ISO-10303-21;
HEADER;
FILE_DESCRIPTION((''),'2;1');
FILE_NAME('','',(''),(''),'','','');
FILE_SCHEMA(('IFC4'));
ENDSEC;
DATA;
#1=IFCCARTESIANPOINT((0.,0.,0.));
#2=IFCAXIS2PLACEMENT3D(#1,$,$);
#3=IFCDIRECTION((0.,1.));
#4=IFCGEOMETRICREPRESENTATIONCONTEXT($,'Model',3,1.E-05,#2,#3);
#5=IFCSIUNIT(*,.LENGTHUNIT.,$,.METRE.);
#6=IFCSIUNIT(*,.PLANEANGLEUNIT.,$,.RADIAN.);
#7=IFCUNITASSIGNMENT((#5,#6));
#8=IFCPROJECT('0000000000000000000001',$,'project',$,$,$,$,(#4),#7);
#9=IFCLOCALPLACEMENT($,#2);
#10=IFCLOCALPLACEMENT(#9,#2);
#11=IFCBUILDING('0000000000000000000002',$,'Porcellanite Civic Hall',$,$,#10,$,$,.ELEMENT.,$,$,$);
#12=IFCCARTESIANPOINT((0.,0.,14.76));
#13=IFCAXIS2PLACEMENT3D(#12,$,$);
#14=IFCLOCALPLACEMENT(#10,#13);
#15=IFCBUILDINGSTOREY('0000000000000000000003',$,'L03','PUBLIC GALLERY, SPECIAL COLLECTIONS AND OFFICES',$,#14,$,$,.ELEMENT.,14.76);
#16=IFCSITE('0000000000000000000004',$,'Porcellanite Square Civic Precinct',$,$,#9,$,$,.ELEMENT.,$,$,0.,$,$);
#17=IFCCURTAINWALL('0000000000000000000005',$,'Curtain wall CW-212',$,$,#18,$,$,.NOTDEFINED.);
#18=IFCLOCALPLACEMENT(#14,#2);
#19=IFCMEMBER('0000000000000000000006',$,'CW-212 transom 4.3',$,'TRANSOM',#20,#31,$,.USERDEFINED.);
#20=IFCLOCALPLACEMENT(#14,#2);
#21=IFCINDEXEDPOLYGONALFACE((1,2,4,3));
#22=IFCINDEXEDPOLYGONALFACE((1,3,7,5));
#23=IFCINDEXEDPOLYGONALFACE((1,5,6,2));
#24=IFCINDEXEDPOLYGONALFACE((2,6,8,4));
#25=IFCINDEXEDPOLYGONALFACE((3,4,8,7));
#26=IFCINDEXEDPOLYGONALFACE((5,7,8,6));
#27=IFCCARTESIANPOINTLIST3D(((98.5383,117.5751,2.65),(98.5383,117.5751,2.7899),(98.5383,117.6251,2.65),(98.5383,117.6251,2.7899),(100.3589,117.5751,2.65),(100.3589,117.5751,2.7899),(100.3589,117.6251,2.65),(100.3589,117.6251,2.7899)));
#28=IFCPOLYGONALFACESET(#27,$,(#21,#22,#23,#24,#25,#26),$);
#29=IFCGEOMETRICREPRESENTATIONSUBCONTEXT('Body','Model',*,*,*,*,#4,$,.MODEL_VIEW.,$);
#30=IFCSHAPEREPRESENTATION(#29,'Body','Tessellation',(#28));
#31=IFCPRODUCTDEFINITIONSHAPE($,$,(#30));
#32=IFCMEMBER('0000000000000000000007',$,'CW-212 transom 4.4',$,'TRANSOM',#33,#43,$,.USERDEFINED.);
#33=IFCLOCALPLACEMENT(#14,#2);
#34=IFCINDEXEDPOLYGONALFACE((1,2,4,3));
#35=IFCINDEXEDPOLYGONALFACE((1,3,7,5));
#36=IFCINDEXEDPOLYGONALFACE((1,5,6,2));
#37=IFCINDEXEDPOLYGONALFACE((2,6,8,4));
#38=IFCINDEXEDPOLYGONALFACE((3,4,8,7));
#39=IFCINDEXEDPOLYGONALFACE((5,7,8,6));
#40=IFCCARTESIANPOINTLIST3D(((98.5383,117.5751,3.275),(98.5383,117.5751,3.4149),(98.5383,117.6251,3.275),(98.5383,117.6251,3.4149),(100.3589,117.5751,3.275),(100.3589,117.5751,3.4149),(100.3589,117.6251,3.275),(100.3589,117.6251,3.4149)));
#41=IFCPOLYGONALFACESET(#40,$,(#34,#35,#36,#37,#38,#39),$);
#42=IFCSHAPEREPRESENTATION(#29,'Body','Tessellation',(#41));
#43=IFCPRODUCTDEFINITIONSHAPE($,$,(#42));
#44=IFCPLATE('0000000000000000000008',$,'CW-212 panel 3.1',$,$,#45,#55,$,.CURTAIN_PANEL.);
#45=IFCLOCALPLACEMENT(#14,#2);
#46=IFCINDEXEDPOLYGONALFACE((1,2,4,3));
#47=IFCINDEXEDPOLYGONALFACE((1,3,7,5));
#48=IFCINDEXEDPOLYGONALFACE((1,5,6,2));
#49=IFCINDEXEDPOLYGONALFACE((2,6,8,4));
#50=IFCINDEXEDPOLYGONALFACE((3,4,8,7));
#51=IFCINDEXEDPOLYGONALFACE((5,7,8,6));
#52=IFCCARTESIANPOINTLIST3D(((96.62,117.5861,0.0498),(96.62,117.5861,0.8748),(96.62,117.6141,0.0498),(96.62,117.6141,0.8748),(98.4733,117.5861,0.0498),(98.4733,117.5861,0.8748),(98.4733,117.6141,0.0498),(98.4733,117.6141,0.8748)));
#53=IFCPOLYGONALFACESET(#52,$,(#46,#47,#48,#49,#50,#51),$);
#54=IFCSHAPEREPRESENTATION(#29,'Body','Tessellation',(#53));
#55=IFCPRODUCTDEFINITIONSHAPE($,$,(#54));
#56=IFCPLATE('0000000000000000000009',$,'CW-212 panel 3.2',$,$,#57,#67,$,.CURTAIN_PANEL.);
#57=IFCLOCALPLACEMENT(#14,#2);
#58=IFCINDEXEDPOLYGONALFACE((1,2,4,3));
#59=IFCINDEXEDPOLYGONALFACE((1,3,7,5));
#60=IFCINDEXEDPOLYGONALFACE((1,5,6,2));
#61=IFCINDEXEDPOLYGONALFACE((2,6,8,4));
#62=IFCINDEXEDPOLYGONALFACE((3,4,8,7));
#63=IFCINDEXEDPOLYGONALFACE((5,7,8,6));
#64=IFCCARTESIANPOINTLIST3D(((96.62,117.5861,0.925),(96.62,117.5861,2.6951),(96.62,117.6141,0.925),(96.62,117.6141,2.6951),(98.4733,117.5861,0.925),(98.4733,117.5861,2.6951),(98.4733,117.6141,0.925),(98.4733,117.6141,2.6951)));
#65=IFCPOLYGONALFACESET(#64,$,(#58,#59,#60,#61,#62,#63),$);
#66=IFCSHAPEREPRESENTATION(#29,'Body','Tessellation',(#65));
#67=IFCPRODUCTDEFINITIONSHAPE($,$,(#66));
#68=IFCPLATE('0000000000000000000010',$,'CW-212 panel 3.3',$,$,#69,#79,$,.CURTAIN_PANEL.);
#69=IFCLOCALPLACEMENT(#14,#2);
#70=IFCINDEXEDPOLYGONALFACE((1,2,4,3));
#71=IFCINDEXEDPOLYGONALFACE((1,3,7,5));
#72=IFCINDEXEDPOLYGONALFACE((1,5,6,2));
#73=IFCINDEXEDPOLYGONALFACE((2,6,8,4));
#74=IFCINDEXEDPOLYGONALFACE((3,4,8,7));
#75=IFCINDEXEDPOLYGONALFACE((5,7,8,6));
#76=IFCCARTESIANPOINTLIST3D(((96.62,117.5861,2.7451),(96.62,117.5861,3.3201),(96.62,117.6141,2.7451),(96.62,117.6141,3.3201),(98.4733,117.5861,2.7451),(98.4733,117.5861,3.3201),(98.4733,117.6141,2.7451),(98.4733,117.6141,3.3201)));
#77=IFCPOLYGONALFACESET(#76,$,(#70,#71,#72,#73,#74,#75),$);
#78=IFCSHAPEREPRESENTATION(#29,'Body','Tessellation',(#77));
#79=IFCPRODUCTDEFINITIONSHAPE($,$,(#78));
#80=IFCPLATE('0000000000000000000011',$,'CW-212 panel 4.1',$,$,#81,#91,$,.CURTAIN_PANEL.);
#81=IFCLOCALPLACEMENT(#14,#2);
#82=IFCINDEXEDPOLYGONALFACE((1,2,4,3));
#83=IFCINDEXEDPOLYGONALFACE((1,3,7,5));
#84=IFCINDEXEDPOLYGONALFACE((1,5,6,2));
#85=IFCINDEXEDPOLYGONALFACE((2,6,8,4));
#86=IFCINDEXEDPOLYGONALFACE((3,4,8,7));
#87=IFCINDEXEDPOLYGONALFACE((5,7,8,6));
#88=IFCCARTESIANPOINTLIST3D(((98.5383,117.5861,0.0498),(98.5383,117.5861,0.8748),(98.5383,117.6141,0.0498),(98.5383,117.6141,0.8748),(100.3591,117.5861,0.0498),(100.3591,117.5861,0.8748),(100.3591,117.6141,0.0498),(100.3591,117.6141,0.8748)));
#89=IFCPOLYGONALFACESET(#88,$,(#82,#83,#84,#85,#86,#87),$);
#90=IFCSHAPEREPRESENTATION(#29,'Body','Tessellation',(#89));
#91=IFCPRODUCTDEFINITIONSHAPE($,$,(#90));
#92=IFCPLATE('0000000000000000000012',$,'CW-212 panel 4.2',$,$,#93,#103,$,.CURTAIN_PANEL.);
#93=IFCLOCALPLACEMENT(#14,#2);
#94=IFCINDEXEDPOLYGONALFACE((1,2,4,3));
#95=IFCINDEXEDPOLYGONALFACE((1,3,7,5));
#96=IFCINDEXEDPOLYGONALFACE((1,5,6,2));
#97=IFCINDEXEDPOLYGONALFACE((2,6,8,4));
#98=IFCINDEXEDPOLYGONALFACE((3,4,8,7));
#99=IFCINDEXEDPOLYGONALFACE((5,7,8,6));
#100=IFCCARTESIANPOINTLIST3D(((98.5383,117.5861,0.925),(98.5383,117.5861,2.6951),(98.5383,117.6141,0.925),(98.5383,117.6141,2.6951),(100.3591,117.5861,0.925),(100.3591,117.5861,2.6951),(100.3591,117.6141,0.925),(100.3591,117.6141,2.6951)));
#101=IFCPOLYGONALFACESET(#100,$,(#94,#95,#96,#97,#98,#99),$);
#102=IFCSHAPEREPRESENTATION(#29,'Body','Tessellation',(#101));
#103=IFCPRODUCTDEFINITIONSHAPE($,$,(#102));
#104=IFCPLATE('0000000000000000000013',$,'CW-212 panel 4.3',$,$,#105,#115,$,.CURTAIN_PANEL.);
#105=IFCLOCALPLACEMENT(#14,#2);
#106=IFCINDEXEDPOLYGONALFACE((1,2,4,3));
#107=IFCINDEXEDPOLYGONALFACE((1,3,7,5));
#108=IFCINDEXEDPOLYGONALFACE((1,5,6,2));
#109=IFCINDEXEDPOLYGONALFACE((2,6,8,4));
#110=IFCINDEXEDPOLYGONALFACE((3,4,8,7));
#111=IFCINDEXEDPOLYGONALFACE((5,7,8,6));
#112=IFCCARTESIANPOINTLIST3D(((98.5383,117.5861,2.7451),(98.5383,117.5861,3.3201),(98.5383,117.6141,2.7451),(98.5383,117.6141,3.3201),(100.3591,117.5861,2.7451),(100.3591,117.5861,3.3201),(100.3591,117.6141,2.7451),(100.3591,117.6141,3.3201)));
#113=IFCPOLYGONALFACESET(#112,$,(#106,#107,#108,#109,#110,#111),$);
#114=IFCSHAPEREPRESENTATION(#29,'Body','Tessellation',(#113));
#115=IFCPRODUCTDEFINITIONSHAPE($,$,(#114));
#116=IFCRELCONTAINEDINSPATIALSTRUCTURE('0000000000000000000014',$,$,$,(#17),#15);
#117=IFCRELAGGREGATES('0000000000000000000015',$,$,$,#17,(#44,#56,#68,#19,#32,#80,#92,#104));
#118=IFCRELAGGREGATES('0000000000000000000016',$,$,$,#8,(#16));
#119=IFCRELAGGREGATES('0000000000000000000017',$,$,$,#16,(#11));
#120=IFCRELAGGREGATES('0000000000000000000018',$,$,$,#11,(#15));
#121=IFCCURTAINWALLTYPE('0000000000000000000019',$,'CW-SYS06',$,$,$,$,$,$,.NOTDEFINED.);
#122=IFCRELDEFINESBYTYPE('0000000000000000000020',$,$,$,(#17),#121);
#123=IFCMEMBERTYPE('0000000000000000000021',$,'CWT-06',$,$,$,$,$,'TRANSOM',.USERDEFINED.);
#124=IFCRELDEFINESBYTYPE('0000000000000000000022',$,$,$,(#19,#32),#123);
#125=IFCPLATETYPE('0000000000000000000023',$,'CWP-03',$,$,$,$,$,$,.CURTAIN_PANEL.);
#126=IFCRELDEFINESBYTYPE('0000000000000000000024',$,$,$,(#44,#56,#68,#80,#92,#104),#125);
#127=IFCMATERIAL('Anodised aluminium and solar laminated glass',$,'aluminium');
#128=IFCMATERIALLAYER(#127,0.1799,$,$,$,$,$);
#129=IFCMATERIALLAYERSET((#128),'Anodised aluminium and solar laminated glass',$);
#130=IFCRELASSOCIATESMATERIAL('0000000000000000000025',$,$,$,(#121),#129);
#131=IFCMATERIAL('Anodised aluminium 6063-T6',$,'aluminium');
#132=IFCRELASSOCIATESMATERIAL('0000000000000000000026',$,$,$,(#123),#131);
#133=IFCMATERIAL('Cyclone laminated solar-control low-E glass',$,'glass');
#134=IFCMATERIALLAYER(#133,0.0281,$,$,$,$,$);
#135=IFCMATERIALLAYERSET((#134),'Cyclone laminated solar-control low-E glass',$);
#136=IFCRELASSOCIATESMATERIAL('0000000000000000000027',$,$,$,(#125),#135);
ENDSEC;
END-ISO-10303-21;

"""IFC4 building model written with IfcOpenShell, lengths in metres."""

from ifc_helpers import new_model, si_unit, direction, frame, origin, origin_2d, place, context, subcontext, project, spatial, rectangle, extrude, material, layer, layer_set, material_profile, profile_set, type_object, element, aggregate, save


model = new_model("IFC4")

# Units and contexts
model_context = context("Model", 3, precision=1e-05, world=origin(), true_north=direction((0.0, 1.0)))
body_context = subcontext(model_context, "Body", "Model", "MODEL_VIEW")
ifc_project = project(units=[si_unit("LENGTHUNIT", "METRE"), si_unit("PLANEANGLEUNIT", "RADIAN")], contexts=[model_context])

# Site, building, storey
site_placement = place(None, origin())
site = spatial("IfcSite", under=ifc_project, at=site_placement, Name="Porcellanite Square Civic Precinct", CompositionType="ELEMENT", RefElevation=0.0)
building_placement = place(site_placement, origin())
building = spatial("IfcBuilding", under=site, at=building_placement, Name="Porcellanite Civic Hall", CompositionType="ELEMENT")
storey_placement = place(building_placement, frame((0.0, 0.0, 14.76)))
storey = spatial("IfcBuildingStorey", under=building, at=storey_placement, Name="L03", Description="PUBLIC GALLERY, SPECIAL COLLECTIONS AND OFFICES", CompositionType="ELEMENT", Elevation=14.76)

# Curtain wall
ifc_material_1 = material(Name="Anodised aluminium and solar laminated glass", Category="aluminium")
ifc_layer_1 = layer(ifc_material_1, 0.1799)
ifc_layer_set_1 = layer_set([ifc_layer_1], Name="Anodised aluminium and solar laminated glass")
curtain_wall_type_1 = type_object("IfcCurtainWallType", Name="CW-SYS06", PredefinedType="NOTDEFINED", material=ifc_layer_set_1)
curtain_wall_1_placement = place(storey_placement, origin())
curtain_wall_1 = element("IfcCurtainWall", 1, at=curtain_wall_1_placement, inside=storey, type_object=curtain_wall_type_1, Name="Curtain wall CW-212", PredefinedType="NOTDEFINED")

# Members
ifc_material_2 = material(Name="Anodised aluminium 6063-T6", Category="aluminium")
ifc_material_profile_1 = material_profile(ifc_material_2, rectangle(XDim=0.05, YDim=0.1399, at=origin_2d()), Name="AL-50x140")
ifc_profile_set_1 = profile_set([ifc_material_profile_1], Name="Anodised aluminium 6063-T6")
member_type_1 = type_object("IfcMemberType", Name="CWT-06", ElementType="TRANSOM", PredefinedType="USERDEFINED", material=ifc_profile_set_1)
member_1_placement = place(storey_placement, frame((98.5383, 117.6001, 2.72), z_axis=(1.0, 0.0, 0.0), x_axis=(0.0, 1.0, 0.0)))
member_1 = element("IfcMember", 2, at=member_1_placement, type_object=member_type_1, Name="CW-212 transom 4.3", ObjectType="TRANSOM", PredefinedType="USERDEFINED", context=body_context, shape_type="SweptSolid", body=[
    extrude(rectangle(XDim=0.05, YDim=0.1399, at=origin_2d()), origin(), (0.0, 0.0, 1.0), 1.8206),
])
member_2_placement = place(storey_placement, frame((98.5383, 117.6001, 3.345), z_axis=(1.0, 0.0, 0.0), x_axis=(0.0, 1.0, 0.0)))
member_2 = element("IfcMember", 3, at=member_2_placement, type_object=member_type_1, Name="CW-212 transom 4.4", ObjectType="TRANSOM", PredefinedType="USERDEFINED", context=body_context, shape_type="SweptSolid", body=[
    extrude(rectangle(XDim=0.05, YDim=0.1399, at=origin_2d()), origin(), (0.0, 0.0, 1.0), 1.8206),
])

# Plates
ifc_material_3 = material(Name="Cyclone laminated solar-control low-E glass", Category="glass")
ifc_layer_2 = layer(ifc_material_3, 0.0281)
ifc_layer_set_2 = layer_set([ifc_layer_2], Name="Cyclone laminated solar-control low-E glass")
plate_type = type_object("IfcPlateType", Name="CWP-03", PredefinedType="CURTAIN_PANEL", material=ifc_layer_set_2)
plate_1_placement = place(storey_placement, frame((97.5466, 117.6001, 0.0498), z_axis=(0.0, 0.0, 1.0), x_axis=(1.0, 0.0, 0.0)))
plate_1 = element("IfcPlate", 4, at=plate_1_placement, type_object=plate_type, Name="CW-212 panel 3.1", PredefinedType="CURTAIN_PANEL", context=body_context, shape_type="SweptSolid", body=[
    extrude(rectangle(XDim=1.8533, YDim=0.0281, at=origin_2d()), origin(), (0.0, 0.0, 1.0), 0.825),
])
plate_2_placement = place(storey_placement, frame((97.5466, 117.6001, 0.925), z_axis=(0.0, 0.0, 1.0), x_axis=(1.0, 0.0, 0.0)))
plate_2 = element("IfcPlate", 5, at=plate_2_placement, type_object=plate_type, Name="CW-212 panel 3.2", PredefinedType="CURTAIN_PANEL", context=body_context, shape_type="SweptSolid", body=[
    extrude(rectangle(XDim=1.8533, YDim=0.0281, at=origin_2d()), origin(), (0.0, 0.0, 1.0), 1.77),
])
plate_3_placement = place(storey_placement, frame((97.5466, 117.6001, 2.7451), z_axis=(0.0, 0.0, 1.0), x_axis=(1.0, 0.0, 0.0)))
plate_3 = element("IfcPlate", 6, at=plate_3_placement, type_object=plate_type, Name="CW-212 panel 3.3", PredefinedType="CURTAIN_PANEL", context=body_context, shape_type="SweptSolid", body=[
    extrude(rectangle(XDim=1.8533, YDim=0.0281, at=origin_2d()), origin(), (0.0, 0.0, 1.0), 0.575),
])
plate_4_placement = place(storey_placement, frame((99.4487, 117.6001, 0.0498), z_axis=(0.0, 0.0, 1.0), x_axis=(1.0, 0.0, 0.0)))
plate_4 = element("IfcPlate", 7, at=plate_4_placement, type_object=plate_type, Name="CW-212 panel 4.1", PredefinedType="CURTAIN_PANEL", context=body_context, shape_type="SweptSolid", body=[
    extrude(rectangle(XDim=1.8208, YDim=0.0281, at=origin_2d()), origin(), (0.0, 0.0, 1.0), 0.825),
])
plate_5_placement = place(storey_placement, frame((99.4487, 117.6001, 0.925), z_axis=(0.0, 0.0, 1.0), x_axis=(1.0, 0.0, 0.0)))
plate_5 = element("IfcPlate", 8, at=plate_5_placement, type_object=plate_type, Name="CW-212 panel 4.2", PredefinedType="CURTAIN_PANEL", context=body_context, shape_type="SweptSolid", body=[
    extrude(rectangle(XDim=1.8208, YDim=0.0281, at=origin_2d()), origin(), (0.0, 0.0, 1.0), 1.77),
])
plate_6_placement = place(storey_placement, frame((99.4487, 117.6001, 2.7451), z_axis=(0.0, 0.0, 1.0), x_axis=(1.0, 0.0, 0.0)))
plate_6 = element("IfcPlate", 9, at=plate_6_placement, type_object=plate_type, Name="CW-212 panel 4.3", PredefinedType="CURTAIN_PANEL", context=body_context, shape_type="SweptSolid", body=[
    extrude(rectangle(XDim=1.8208, YDim=0.0281, at=origin_2d()), origin(), (0.0, 0.0, 1.0), 0.575),
])
aggregate(curtain_wall_1, [plate_1, plate_2, plate_3, member_1, member_2, plate_4, plate_5, plate_6])

save(model, "model.ifc")
